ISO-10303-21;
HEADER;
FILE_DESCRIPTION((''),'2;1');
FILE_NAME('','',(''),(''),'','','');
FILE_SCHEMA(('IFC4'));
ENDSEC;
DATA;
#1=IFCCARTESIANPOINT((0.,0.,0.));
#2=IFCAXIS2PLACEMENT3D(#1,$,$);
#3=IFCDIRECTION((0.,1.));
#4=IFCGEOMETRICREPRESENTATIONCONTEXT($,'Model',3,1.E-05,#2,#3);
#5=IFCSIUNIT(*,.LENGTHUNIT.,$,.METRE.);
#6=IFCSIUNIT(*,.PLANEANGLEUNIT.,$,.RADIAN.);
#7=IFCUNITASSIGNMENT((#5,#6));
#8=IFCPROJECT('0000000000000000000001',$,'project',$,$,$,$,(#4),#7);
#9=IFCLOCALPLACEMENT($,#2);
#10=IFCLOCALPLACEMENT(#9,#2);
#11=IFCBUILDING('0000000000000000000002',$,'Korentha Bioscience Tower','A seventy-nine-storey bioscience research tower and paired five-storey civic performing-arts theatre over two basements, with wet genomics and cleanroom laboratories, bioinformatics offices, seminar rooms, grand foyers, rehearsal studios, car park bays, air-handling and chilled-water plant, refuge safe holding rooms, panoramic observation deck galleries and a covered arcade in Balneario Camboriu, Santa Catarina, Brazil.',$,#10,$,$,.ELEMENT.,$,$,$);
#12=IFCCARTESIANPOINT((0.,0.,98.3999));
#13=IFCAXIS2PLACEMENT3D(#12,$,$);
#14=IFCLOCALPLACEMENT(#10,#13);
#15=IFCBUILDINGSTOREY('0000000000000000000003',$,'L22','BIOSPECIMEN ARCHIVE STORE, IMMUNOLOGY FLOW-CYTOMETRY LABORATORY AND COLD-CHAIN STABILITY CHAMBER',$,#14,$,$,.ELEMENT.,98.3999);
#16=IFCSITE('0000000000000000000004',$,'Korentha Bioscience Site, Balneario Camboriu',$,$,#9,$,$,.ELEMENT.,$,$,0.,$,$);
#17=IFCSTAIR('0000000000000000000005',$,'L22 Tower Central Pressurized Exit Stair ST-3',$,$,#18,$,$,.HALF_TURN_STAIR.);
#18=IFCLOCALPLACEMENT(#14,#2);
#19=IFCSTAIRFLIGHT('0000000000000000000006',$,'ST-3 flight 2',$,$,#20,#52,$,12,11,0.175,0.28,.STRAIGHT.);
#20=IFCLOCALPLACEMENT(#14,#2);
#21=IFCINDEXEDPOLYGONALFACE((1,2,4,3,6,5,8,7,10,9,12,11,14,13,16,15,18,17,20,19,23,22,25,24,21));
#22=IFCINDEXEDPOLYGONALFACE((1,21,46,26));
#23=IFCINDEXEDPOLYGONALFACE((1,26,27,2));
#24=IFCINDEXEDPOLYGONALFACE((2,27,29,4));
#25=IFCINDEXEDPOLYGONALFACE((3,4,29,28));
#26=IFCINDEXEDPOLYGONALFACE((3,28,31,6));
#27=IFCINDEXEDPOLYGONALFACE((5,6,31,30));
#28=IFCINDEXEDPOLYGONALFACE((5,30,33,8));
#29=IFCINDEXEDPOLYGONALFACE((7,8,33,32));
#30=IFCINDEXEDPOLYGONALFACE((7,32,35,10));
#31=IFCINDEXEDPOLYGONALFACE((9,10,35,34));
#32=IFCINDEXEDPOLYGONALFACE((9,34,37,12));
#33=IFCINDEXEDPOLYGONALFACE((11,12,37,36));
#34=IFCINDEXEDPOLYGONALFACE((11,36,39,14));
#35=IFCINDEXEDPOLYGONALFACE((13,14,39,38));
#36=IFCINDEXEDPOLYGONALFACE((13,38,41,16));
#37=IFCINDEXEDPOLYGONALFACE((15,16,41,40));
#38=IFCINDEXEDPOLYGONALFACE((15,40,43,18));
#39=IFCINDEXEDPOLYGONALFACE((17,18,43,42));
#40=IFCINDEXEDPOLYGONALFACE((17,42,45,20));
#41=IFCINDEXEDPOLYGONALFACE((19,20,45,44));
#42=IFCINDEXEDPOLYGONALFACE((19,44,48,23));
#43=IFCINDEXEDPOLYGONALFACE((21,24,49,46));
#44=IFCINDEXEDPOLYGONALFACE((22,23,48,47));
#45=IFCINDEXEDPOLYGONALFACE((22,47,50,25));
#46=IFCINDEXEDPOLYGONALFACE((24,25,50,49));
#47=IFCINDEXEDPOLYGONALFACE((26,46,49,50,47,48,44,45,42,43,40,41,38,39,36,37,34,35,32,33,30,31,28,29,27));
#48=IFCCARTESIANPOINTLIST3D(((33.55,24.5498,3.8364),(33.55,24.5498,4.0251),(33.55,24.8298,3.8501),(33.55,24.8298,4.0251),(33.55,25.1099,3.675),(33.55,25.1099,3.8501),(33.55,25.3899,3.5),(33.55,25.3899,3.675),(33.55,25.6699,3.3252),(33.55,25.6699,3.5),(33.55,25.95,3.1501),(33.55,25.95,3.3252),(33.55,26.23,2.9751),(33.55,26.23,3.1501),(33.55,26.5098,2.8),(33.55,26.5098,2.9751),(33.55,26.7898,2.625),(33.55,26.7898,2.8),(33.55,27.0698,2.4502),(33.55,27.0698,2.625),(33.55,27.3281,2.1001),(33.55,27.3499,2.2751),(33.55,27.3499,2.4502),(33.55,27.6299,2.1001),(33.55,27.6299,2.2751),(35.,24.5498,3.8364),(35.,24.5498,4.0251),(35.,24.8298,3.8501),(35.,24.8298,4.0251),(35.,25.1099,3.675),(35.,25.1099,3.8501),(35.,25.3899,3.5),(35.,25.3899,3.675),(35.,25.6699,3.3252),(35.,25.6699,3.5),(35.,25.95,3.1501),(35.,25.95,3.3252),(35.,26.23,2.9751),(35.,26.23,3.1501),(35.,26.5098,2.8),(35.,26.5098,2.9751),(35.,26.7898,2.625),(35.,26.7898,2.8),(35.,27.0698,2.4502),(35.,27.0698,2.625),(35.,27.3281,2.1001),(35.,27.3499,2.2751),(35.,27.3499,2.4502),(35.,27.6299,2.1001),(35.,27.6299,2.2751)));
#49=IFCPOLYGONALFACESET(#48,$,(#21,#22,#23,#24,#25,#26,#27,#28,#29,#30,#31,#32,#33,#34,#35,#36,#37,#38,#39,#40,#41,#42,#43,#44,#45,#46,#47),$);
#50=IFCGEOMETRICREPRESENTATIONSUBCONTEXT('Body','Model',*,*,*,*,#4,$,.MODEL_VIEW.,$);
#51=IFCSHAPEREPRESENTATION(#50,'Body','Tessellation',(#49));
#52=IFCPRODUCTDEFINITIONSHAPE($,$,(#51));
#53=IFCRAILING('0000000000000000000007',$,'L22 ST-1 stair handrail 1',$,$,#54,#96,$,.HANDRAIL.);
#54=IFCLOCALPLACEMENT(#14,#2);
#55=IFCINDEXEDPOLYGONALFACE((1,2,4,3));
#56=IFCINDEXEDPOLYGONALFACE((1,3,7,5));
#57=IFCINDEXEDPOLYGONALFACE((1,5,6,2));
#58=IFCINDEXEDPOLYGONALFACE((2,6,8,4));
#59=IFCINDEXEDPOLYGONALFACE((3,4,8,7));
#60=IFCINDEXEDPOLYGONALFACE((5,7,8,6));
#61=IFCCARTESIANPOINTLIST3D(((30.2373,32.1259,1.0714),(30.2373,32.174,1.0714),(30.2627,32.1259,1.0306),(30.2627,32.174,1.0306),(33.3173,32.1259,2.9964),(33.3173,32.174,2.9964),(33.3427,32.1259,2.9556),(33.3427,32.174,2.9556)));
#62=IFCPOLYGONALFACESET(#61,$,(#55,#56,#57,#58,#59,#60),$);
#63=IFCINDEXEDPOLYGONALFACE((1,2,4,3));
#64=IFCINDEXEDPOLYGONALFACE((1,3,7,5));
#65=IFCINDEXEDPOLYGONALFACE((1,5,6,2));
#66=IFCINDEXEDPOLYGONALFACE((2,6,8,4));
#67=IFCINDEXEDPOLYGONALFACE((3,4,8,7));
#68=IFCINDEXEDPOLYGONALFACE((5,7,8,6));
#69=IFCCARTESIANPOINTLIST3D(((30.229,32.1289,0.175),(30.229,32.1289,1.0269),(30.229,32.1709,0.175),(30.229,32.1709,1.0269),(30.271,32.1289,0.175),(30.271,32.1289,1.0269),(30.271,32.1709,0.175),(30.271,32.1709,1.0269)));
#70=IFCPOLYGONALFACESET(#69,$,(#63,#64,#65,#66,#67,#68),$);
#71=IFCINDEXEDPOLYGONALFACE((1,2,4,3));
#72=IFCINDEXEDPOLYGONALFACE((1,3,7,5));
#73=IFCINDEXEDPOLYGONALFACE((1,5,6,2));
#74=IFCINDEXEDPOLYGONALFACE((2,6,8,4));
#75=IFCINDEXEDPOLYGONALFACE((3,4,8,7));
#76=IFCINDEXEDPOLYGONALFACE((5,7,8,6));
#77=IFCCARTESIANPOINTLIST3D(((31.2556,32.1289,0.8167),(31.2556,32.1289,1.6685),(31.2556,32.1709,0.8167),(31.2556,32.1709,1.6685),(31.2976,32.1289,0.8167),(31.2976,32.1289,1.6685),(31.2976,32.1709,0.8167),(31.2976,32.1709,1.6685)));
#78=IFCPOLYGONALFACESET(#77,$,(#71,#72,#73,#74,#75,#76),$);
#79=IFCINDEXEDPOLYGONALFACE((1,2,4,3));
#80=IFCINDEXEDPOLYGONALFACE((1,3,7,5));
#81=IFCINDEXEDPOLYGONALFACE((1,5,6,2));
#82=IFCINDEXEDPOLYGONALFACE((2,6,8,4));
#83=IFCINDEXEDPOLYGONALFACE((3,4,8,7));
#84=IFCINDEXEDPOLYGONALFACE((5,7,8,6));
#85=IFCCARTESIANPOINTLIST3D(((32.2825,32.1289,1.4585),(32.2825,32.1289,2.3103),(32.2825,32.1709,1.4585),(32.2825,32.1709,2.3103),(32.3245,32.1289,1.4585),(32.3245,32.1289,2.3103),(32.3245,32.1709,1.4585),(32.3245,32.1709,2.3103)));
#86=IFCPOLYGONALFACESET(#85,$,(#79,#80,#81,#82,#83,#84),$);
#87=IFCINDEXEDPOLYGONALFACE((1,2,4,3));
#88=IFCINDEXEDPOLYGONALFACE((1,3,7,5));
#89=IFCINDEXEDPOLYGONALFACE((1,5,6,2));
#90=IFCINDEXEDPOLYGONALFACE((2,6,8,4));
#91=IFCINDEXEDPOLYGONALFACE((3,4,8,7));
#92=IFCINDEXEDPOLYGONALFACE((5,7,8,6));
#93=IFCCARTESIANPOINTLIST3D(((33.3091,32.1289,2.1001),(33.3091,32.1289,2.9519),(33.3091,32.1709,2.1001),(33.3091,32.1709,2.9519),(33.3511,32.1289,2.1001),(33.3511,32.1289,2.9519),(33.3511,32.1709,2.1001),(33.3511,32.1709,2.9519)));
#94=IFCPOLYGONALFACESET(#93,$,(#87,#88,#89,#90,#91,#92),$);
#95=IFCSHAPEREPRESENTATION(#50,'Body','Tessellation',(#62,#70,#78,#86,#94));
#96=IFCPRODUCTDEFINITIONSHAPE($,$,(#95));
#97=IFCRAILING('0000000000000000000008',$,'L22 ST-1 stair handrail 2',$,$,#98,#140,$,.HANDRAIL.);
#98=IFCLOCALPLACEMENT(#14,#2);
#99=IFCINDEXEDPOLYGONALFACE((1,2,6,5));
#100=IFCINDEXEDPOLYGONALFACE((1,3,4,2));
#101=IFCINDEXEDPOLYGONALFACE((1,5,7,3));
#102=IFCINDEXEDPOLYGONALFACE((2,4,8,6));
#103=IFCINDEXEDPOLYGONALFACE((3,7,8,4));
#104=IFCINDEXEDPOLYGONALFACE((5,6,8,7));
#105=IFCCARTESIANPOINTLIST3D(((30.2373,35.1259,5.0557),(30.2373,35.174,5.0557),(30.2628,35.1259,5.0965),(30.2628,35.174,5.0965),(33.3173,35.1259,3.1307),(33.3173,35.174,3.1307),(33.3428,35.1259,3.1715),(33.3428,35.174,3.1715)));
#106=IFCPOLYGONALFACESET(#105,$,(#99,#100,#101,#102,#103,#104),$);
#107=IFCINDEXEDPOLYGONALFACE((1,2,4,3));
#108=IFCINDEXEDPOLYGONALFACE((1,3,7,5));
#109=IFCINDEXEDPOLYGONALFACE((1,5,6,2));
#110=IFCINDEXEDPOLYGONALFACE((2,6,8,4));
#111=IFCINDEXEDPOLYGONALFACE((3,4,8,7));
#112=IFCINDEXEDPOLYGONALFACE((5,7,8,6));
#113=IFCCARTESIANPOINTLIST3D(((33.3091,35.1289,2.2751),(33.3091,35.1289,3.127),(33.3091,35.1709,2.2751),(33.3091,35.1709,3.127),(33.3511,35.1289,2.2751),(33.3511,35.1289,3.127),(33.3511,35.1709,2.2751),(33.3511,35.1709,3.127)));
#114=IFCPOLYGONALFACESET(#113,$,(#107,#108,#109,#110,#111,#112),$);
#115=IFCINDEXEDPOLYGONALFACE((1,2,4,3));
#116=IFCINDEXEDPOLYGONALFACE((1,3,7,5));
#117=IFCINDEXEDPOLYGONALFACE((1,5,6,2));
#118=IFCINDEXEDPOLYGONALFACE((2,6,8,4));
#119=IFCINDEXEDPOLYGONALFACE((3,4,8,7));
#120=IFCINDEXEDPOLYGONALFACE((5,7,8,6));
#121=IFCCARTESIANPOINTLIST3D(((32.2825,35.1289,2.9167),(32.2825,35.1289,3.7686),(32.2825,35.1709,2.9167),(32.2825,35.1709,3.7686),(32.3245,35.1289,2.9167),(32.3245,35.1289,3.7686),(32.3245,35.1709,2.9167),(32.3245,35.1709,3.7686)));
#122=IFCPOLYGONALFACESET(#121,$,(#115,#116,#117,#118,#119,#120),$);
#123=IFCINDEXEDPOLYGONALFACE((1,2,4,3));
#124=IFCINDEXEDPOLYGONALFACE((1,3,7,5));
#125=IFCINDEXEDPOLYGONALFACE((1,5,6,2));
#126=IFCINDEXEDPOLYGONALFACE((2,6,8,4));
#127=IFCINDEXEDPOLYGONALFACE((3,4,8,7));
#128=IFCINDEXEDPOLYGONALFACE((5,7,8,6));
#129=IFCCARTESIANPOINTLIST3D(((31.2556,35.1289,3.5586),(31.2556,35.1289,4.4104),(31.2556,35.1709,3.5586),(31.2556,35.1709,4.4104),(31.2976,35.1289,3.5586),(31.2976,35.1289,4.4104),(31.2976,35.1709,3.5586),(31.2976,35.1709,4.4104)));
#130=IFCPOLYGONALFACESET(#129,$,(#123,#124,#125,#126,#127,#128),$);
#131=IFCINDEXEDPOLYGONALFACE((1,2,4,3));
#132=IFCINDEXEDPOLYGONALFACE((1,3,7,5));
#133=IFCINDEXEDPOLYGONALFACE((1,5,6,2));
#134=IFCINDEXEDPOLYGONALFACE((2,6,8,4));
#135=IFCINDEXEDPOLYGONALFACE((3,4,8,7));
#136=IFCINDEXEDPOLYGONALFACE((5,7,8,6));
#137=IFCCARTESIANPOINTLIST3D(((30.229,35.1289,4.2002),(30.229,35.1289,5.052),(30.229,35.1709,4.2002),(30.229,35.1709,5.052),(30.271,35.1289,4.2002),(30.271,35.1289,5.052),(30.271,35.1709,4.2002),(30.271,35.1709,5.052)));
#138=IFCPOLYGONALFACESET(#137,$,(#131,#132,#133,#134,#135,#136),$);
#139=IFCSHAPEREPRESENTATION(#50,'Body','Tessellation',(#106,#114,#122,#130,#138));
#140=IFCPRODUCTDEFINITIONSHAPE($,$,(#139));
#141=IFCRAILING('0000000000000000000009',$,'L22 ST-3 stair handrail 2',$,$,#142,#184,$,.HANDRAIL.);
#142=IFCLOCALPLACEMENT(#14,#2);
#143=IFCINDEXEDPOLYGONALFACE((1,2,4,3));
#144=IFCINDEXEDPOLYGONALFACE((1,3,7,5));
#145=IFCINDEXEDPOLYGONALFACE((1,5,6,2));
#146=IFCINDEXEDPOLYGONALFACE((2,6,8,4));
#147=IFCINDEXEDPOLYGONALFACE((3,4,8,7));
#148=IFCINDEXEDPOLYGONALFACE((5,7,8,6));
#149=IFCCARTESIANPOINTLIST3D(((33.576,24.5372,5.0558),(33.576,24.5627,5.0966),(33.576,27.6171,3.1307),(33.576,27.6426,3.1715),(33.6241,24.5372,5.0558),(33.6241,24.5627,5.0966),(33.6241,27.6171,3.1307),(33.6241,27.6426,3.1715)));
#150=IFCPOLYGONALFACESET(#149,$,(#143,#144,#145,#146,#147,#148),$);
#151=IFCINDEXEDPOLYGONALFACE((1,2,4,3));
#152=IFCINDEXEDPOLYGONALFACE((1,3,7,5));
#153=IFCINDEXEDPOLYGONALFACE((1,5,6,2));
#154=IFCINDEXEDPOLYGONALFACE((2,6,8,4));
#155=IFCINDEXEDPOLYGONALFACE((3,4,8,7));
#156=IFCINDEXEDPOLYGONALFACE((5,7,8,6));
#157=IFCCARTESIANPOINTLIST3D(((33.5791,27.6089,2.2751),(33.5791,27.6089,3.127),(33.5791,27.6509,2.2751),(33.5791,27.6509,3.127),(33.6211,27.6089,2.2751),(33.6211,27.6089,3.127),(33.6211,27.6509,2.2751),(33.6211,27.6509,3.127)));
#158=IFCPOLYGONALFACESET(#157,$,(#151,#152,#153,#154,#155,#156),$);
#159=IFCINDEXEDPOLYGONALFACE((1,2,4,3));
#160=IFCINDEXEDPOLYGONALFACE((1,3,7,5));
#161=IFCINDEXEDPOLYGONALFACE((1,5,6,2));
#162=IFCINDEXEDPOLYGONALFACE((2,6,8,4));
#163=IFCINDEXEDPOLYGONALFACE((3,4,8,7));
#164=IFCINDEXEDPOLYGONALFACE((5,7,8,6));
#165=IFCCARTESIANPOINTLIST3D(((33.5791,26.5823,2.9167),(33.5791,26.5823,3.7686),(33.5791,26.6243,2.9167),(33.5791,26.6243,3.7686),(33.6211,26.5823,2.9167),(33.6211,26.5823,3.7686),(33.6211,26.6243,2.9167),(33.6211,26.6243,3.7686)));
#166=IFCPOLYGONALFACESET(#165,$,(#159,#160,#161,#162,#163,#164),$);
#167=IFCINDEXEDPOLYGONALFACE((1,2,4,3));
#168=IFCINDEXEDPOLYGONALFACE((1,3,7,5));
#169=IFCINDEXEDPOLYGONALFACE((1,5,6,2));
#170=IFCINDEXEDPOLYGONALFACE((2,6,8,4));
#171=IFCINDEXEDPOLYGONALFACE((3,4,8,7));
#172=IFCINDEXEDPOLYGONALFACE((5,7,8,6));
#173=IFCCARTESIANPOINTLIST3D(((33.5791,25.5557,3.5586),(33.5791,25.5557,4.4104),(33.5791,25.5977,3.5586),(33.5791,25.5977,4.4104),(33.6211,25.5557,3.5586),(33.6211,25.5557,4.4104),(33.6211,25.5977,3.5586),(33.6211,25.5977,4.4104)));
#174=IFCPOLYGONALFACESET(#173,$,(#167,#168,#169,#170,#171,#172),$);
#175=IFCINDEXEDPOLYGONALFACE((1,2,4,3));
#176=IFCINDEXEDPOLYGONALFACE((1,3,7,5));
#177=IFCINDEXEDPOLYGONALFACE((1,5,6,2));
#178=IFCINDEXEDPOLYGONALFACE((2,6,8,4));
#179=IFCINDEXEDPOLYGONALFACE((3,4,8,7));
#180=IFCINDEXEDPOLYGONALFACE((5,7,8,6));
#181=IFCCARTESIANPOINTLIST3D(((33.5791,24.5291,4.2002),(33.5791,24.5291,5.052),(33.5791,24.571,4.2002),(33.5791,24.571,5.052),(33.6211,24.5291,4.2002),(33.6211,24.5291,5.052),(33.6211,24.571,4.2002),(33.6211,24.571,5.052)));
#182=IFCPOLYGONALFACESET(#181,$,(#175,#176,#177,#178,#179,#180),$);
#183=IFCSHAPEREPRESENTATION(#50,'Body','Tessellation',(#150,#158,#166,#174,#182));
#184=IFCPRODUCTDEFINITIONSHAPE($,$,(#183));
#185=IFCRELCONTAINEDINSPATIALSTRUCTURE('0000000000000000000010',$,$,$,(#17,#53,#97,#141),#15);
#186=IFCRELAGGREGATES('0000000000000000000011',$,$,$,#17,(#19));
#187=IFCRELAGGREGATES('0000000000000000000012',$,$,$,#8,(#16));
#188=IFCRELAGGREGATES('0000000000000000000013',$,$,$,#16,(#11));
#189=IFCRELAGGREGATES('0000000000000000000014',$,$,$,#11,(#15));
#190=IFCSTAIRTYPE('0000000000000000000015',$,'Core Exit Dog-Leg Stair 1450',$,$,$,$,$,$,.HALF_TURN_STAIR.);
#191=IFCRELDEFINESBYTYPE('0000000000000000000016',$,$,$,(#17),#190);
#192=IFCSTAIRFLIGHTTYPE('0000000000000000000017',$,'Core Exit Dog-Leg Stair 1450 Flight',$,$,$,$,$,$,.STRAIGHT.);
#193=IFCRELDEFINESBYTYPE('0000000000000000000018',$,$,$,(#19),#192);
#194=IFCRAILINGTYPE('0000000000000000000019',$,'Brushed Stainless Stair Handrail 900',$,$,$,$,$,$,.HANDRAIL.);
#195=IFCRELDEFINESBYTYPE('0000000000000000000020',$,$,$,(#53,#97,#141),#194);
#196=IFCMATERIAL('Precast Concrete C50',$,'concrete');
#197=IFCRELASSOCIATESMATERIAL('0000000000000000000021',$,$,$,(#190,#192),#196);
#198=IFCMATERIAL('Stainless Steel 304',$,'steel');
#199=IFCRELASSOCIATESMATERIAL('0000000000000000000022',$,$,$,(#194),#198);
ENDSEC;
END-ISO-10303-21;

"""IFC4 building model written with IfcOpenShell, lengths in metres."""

from ifc_helpers import new_model, si_unit, direction, frame, origin, origin_2d, place, context, subcontext, project, spatial, polyline, rectangle, outline, extrude, material, type_object, element, aggregate, save


model = new_model("IFC4")

# Units and contexts
model_context = context("Model", 3, precision=1e-05, world=origin(), true_north=direction((0.0, 1.0)))
body_context = subcontext(model_context, "Body", "Model", "MODEL_VIEW")
ifc_project = project(units=[si_unit("LENGTHUNIT", "METRE"), si_unit("PLANEANGLEUNIT", "RADIAN")], contexts=[model_context])

# Site, building, storey
site_placement = place(None, origin())
site = spatial("IfcSite", under=ifc_project, at=site_placement, Name="Korentha Bioscience Site, Balneario Camboriu", CompositionType="ELEMENT", RefElevation=0.0)
building_placement = place(site_placement, origin())
building = spatial("IfcBuilding", under=site, at=building_placement, Name="Korentha Bioscience Tower", Description="A seventy-nine-storey bioscience research tower and paired five-storey civic performing-arts theatre over two basements, with wet genomics and cleanroom laboratories, bioinformatics offices, seminar rooms, grand foyers, rehearsal studios, car park bays, air-handling and chilled-water plant, refuge safe holding rooms, panoramic observation deck galleries and a covered arcade in Balneario Camboriu, Santa Catarina, Brazil.", CompositionType="ELEMENT")
storey_placement = place(building_placement, frame((0.0, 0.0, 98.3999)))
storey = spatial("IfcBuildingStorey", under=building, at=storey_placement, Name="L22", Description="BIOSPECIMEN ARCHIVE STORE, IMMUNOLOGY FLOW-CYTOMETRY LABORATORY AND COLD-CHAIN STABILITY CHAMBER", CompositionType="ELEMENT", Elevation=98.3999)

# Shared definitions
ifc_material_1 = material(Name="Precast Concrete C50", Category="concrete")
stair_type = type_object("IfcStairType", Name="Core Exit Dog-Leg Stair 1450", PredefinedType="HALF_TURN_STAIR", material=ifc_material_1)
stair_flight_type = type_object("IfcStairFlightType", Name="Core Exit Dog-Leg Stair 1450 Flight", PredefinedType="STRAIGHT", material=ifc_material_1)

# Stair, stair flight
stair_1_placement = place(storey_placement, origin())
stair_1 = element("IfcStair", 1, at=stair_1_placement, inside=storey, type_object=stair_type, Name="L22 Tower Central Pressurized Exit Stair ST-3", PredefinedType="HALF_TURN_STAIR")
stair_flight_1_placement = place(storey_placement, frame((34.2749, 27.6299, 2.1001), z_axis=(0.0, 0.0, 1.0), x_axis=(0.0, -1.0, 0.0)))
stair_flight_1 = element("IfcStairFlight", 2, at=stair_flight_1_placement, type_object=stair_flight_type, Name="ST-3 flight 2", NumberOfRisers=12, NumberOfTreads=11, PredefinedType="STRAIGHT", RiserHeight=0.175, TreadLength=0.28, context=body_context, shape_type="SweptSolid", body=[
    extrude(outline(polyline([(0.0, 0.0), (0.0, 0.175), (0.28, 0.175), (0.28, 0.3501), (0.5601, 0.3501), (0.5601, 0.5249), (0.8401, 0.5249), (0.8401, 0.7), (1.1201, 0.7), (1.1201, 0.875), (1.3999, 0.875), (1.3999, 1.05), (1.6799, 1.05), (1.6799, 1.2251), (1.96, 1.2251), (1.96, 1.3999), (2.24, 1.3999), (2.24, 1.575), (2.52, 1.575), (2.52, 1.75), (2.8, 1.75), (2.8, 1.925), (3.0801, 1.925), (3.0801, 2.1001), (3.0801, 1.7363), (0.3018, 0.0), (0.0, 0.0)])), frame((0.0, 0.7251, 0.0), z_axis=(0.0, -1.0, 0.0), x_axis=(1.0, 0.0, 0.0)), (0.0, 0.0, 1.0), 1.45),
])
aggregate(stair_1, [stair_flight_1])

# Railings
ifc_material_2 = material(Name="Stainless Steel 304", Category="steel")
railing_type_1 = type_object("IfcRailingType", Name="Brushed Stainless Stair Handrail 900", PredefinedType="HANDRAIL", material=ifc_material_2)
railing_1_placement = place(storey_placement, frame((30.25, 32.1499, 0.175)))
element("IfcRailing", 3, at=railing_1_placement, inside=storey, type_object=railing_type_1, Name="L22 ST-1 stair handrail 1", PredefinedType="HANDRAIL", context=body_context, shape_type="SweptSolid", body=[
    extrude(rectangle(XDim=0.0481, YDim=0.0481, at=origin_2d()), frame((0.0, 0.0, 0.876), z_axis=(0.847998, 0.0, 0.529999), x_axis=(0.0, 1.0, 0.0)), (0.0, 0.0, 1.0), 3.6321),
    extrude(rectangle(XDim=0.042, YDim=0.042, at=origin_2d()), origin(), (0.0, 0.0, 1.0), 0.8518),
    extrude(rectangle(XDim=0.042, YDim=0.042, at=origin_2d()), frame((1.0266, 0.0, 0.6416)), (0.0, 0.0, 1.0), 0.8518),
    extrude(rectangle(XDim=0.042, YDim=0.042, at=origin_2d()), frame((2.0535, 0.0, 1.2834)), (0.0, 0.0, 1.0), 0.8518),
    extrude(rectangle(XDim=0.042, YDim=0.042, at=origin_2d()), frame((3.0801, 0.0, 1.925)), (0.0, 0.0, 1.0), 0.8518),
])
railing_2_placement = place(storey_placement, frame((33.3301, 35.1499, 2.2751)))
element("IfcRailing", 4, at=railing_2_placement, inside=storey, type_object=railing_type_1, Name="L22 ST-1 stair handrail 2", PredefinedType="HANDRAIL", context=body_context, shape_type="SweptSolid", body=[
    extrude(rectangle(XDim=0.0481, YDim=0.0481, at=origin_2d()), frame((0.0, 0.0, 0.876), z_axis=(-0.847998, 0.0, 0.529999), x_axis=(0.0, -1.0, 0.0)), (0.0, 0.0, 1.0), 3.6321),
    extrude(rectangle(XDim=0.042, YDim=0.042, at=origin_2d()), origin(), (0.0, 0.0, 1.0), 0.8518),
    extrude(rectangle(XDim=0.042, YDim=0.042, at=origin_2d()), frame((-1.0266, 0.0, 0.6416)), (0.0, 0.0, 1.0), 0.8518),
    extrude(rectangle(XDim=0.042, YDim=0.042, at=origin_2d()), frame((-2.0535, 0.0, 1.2834)), (0.0, 0.0, 1.0), 0.8518),
    extrude(rectangle(XDim=0.042, YDim=0.042, at=origin_2d()), frame((-3.0801, 0.0, 1.925)), (0.0, 0.0, 1.0), 0.8518),
])
railing_3_placement = place(storey_placement, frame((33.6001, 27.6299, 2.2751)))
element("IfcRailing", 5, at=railing_3_placement, inside=storey, type_object=railing_type_1, Name="L22 ST-3 stair handrail 2", PredefinedType="HANDRAIL", context=body_context, shape_type="SweptSolid", body=[
    extrude(rectangle(XDim=0.0481, YDim=0.0481, at=origin_2d()), frame((0.0, 0.0, 0.876), z_axis=(0.0, -0.847979, 0.530029), x_axis=(1.0, 0.0, 0.0)), (0.0, 0.0, 1.0), 3.6321),
    extrude(rectangle(XDim=0.042, YDim=0.042, at=origin_2d()), origin(), (0.0, 0.0, 1.0), 0.8518),
    extrude(rectangle(XDim=0.042, YDim=0.042, at=origin_2d()), frame((0.0, -1.0266, 0.6416)), (0.0, 0.0, 1.0), 0.8518),
    extrude(rectangle(XDim=0.042, YDim=0.042, at=origin_2d()), frame((0.0, -2.0532, 1.2834)), (0.0, 0.0, 1.0), 0.8518),
    extrude(rectangle(XDim=0.042, YDim=0.042, at=origin_2d()), frame((0.0, -3.0798, 1.925)), (0.0, 0.0, 1.0), 0.8518),
])

save(model, "model.ifc")
